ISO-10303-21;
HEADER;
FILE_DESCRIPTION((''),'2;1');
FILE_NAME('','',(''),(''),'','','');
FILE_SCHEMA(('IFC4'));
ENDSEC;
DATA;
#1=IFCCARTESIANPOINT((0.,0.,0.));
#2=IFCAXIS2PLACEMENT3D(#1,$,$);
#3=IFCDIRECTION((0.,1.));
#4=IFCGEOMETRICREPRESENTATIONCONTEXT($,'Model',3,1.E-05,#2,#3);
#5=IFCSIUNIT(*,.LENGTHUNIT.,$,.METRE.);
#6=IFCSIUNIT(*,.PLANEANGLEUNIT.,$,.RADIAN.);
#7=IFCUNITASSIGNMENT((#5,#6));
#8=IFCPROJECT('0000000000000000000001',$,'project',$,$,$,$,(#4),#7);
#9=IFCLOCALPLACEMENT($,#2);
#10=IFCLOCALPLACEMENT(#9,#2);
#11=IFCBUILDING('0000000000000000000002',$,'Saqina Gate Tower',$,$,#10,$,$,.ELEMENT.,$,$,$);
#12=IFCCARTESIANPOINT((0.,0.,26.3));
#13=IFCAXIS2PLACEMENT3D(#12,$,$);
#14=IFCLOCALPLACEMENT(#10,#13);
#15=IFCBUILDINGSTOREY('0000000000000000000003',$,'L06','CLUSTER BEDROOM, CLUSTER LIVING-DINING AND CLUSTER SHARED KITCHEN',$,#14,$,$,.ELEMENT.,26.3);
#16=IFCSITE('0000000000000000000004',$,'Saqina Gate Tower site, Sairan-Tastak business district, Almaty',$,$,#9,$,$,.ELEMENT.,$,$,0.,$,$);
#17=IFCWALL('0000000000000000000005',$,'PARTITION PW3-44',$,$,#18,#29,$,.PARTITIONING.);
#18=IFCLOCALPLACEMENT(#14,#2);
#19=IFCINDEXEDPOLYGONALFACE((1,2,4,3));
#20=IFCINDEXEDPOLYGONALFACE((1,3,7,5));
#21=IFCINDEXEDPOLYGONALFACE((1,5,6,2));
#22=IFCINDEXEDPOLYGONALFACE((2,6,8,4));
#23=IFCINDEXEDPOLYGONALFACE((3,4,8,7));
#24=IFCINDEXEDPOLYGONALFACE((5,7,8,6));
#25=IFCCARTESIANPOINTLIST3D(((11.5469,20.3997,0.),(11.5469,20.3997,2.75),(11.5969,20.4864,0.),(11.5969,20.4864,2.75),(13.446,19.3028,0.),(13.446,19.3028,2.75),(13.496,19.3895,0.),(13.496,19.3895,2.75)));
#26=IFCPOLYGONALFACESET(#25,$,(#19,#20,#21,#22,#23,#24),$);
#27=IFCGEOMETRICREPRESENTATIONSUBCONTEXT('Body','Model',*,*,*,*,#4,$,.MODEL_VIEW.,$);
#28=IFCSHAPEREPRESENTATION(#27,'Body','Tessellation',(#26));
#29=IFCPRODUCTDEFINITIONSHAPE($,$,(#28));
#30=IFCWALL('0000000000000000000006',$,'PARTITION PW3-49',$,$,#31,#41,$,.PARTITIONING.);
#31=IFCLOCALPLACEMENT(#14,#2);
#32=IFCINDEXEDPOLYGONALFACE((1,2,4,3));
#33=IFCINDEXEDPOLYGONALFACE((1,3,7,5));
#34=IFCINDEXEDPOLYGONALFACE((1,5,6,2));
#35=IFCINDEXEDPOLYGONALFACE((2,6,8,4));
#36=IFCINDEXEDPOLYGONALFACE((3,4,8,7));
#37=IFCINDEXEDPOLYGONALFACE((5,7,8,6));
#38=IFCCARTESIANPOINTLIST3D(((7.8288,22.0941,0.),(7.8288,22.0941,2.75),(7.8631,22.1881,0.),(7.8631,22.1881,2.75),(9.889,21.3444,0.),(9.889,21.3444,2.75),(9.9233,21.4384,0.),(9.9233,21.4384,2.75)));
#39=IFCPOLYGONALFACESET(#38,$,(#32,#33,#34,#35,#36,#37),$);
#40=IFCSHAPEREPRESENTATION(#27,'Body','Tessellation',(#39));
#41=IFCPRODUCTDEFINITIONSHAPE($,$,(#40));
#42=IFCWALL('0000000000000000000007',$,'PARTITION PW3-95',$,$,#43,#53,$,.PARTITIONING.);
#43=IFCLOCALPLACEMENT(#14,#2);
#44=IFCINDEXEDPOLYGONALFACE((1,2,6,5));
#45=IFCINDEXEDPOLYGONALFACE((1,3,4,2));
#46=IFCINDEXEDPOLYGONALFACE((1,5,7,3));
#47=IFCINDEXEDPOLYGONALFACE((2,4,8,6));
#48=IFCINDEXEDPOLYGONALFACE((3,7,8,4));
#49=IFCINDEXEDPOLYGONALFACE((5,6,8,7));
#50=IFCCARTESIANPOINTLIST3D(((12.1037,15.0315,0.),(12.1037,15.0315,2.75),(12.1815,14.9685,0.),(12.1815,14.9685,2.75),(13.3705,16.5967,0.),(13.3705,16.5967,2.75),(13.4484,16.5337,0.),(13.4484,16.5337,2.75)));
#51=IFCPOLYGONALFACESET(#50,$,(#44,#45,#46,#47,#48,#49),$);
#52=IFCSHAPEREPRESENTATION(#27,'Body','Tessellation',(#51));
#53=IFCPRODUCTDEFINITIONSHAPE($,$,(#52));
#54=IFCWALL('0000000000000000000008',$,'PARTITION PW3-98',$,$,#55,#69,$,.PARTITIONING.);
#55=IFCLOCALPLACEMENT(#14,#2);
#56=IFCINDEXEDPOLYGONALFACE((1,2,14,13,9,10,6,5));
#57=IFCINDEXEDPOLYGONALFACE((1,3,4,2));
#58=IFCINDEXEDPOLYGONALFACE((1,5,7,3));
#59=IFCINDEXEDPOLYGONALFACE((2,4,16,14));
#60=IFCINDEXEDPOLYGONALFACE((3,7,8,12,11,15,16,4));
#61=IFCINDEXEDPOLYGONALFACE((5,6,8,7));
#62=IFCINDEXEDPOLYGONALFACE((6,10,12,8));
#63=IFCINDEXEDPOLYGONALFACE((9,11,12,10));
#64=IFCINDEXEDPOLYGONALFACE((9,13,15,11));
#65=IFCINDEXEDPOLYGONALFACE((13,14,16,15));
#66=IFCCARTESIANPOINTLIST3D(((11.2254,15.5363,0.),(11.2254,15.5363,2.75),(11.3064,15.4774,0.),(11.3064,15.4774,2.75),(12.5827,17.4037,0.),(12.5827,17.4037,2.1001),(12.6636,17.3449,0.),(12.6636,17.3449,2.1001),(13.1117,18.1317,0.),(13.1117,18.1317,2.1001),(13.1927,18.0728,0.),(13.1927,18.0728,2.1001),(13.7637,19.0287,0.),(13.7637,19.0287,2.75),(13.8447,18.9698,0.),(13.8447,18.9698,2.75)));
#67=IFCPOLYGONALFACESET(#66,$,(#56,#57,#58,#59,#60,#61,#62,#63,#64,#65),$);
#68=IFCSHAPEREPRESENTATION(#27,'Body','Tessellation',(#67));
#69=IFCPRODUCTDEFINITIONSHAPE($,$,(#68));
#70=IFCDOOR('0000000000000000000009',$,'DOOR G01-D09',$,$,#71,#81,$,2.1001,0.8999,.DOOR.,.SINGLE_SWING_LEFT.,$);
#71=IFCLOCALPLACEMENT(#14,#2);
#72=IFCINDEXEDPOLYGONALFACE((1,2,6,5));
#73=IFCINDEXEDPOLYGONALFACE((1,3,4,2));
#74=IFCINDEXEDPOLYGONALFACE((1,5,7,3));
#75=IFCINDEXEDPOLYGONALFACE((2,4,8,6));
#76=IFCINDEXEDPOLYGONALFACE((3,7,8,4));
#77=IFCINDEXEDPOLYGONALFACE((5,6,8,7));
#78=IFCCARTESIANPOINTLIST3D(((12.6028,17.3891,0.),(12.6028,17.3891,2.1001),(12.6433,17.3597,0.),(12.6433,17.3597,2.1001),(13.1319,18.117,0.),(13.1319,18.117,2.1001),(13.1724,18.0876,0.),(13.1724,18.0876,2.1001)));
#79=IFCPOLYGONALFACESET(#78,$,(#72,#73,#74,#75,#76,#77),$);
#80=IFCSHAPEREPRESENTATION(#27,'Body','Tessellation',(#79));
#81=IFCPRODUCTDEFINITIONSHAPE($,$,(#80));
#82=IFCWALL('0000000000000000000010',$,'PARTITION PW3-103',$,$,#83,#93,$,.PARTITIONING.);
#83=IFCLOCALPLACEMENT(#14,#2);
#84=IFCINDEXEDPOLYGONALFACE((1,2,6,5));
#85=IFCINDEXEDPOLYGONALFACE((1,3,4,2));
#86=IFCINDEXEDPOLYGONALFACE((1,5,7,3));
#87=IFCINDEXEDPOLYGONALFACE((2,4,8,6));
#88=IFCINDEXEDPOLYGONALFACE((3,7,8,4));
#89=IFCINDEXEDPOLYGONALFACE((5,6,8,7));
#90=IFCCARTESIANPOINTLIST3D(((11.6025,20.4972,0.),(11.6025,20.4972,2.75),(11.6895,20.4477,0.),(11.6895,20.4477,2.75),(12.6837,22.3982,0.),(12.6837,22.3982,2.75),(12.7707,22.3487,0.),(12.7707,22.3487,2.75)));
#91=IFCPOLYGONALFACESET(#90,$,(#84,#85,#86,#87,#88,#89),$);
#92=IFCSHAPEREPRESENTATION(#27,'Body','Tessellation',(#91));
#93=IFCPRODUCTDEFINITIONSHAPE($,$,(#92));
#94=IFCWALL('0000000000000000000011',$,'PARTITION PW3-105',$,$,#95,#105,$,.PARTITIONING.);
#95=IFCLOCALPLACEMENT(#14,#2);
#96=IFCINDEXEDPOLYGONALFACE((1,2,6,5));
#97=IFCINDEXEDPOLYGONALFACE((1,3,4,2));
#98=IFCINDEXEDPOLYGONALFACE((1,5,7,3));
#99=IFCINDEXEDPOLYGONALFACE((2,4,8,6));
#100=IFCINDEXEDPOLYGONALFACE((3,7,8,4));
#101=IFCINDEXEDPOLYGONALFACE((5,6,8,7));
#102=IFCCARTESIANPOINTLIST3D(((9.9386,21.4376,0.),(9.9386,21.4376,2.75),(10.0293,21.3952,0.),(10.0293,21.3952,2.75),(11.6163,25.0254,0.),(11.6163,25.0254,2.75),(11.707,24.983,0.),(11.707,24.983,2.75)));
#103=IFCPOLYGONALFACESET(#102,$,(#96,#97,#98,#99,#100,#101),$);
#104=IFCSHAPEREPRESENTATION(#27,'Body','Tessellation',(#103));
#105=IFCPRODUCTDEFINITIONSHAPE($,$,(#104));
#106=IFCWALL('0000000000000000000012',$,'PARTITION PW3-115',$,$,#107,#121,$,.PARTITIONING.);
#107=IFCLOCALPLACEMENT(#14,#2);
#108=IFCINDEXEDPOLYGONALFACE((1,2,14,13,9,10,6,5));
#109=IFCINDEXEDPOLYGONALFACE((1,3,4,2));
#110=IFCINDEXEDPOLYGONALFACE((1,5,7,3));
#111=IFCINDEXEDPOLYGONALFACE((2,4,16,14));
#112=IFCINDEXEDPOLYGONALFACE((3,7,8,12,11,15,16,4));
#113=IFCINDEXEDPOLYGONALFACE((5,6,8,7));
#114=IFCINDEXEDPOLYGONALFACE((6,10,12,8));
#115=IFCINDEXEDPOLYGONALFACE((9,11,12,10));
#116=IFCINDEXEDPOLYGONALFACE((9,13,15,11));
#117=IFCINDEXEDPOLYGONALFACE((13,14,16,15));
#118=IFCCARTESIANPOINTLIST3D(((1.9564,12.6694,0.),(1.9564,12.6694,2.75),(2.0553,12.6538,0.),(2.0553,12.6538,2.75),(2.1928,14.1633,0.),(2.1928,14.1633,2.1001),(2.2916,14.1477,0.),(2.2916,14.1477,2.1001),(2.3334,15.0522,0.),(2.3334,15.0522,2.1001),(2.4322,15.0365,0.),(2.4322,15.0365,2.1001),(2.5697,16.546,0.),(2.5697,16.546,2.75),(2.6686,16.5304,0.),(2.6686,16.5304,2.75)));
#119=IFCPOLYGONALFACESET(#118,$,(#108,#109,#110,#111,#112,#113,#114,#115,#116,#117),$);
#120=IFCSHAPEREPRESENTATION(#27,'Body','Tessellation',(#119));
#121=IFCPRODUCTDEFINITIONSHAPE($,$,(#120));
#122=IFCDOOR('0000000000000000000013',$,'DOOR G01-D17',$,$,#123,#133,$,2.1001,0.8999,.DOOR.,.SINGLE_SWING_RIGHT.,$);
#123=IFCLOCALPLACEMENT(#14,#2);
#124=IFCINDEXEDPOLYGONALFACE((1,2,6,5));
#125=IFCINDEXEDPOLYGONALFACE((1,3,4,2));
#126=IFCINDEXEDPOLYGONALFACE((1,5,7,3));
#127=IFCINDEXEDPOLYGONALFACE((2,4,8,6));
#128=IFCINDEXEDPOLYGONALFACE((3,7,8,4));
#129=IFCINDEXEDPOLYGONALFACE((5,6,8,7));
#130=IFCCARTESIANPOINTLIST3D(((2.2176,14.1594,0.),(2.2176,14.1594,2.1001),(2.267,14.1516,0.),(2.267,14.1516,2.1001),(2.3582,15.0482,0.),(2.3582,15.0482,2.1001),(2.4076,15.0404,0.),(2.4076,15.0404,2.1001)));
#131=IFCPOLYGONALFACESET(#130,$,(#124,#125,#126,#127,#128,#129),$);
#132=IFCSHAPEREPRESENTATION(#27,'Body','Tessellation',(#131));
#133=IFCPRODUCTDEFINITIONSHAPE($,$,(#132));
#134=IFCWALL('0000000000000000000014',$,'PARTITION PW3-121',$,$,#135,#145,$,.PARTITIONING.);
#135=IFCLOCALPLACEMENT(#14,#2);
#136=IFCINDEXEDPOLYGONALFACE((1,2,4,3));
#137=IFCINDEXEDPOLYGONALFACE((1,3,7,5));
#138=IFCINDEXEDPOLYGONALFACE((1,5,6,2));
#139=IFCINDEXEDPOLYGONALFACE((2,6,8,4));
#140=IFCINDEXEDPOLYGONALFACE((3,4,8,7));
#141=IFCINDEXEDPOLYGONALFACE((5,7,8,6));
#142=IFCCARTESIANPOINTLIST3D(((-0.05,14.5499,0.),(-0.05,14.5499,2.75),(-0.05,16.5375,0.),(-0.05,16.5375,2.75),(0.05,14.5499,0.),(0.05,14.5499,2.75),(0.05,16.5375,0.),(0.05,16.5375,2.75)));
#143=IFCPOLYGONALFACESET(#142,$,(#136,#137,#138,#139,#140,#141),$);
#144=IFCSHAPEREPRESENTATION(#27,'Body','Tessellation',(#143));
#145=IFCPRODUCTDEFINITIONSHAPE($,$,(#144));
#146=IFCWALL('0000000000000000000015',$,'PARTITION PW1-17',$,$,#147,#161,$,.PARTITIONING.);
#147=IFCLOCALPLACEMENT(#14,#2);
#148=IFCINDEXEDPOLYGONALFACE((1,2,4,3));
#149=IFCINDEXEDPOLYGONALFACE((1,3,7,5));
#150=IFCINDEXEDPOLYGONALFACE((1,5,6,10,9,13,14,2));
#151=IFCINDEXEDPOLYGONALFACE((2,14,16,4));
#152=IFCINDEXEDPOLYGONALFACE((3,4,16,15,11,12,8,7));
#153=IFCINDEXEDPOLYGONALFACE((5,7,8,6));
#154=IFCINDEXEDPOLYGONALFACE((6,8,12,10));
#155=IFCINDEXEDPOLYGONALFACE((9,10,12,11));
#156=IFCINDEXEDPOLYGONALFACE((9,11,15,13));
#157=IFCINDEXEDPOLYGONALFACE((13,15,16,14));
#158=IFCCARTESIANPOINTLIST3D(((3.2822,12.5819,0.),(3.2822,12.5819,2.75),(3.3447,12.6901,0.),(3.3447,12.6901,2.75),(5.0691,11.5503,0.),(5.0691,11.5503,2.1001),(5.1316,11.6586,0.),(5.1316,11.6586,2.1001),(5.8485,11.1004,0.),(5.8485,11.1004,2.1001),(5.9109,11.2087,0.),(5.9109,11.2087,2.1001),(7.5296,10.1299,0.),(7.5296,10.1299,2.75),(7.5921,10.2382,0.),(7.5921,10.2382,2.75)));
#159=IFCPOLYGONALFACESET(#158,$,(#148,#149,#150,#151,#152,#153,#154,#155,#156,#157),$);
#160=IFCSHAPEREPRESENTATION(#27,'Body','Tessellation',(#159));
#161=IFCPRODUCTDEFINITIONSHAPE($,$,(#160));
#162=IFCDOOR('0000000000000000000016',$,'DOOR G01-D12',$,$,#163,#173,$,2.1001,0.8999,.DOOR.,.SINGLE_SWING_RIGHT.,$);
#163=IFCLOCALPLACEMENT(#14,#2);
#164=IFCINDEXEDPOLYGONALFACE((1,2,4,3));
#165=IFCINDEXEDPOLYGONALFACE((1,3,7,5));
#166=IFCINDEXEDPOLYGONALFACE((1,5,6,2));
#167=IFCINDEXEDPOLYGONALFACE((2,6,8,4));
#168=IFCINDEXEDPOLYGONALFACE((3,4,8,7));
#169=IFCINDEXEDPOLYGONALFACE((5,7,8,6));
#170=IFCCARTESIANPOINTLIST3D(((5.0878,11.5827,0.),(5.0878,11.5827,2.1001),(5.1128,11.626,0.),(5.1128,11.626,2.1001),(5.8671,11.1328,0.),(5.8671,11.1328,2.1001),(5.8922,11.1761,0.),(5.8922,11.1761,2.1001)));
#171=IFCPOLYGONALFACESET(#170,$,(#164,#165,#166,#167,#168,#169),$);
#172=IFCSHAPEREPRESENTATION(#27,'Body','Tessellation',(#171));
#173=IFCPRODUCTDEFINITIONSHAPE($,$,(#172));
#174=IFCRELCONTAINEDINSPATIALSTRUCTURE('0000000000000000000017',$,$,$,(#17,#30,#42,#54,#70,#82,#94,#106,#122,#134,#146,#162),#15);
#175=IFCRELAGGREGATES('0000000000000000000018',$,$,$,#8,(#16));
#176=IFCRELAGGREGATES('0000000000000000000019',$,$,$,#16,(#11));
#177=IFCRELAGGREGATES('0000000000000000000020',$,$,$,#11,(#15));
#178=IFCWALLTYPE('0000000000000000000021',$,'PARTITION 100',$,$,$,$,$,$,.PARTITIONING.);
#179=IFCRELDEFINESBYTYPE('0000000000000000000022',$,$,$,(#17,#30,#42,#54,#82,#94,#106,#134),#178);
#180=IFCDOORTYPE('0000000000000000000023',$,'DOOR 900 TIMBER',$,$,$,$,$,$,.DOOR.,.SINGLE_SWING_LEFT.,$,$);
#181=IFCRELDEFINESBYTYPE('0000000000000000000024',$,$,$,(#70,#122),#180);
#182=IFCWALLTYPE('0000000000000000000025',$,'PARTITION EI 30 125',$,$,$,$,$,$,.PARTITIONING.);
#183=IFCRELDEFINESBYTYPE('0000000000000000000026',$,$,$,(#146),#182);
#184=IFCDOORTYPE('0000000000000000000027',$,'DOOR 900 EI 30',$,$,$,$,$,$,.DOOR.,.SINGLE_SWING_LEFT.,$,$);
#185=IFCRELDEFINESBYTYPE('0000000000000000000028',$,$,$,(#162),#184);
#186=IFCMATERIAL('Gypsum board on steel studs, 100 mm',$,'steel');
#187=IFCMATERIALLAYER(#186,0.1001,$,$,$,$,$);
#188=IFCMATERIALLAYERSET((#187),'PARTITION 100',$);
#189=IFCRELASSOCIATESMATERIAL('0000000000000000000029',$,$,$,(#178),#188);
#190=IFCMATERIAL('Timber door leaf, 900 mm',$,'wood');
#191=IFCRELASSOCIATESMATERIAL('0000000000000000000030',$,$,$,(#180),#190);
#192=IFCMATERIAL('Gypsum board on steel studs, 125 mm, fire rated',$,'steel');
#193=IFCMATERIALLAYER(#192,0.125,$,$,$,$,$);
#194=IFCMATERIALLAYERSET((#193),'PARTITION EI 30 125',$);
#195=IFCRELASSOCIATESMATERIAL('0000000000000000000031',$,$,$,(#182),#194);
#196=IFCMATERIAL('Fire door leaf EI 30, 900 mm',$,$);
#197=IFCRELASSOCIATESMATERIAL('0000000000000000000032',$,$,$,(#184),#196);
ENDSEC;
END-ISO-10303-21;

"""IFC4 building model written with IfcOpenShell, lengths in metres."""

from ifc_helpers import new_model, si_unit, direction, frame, frame_2d, origin, place, context, subcontext, project, spatial, rectangle, extrude, material, layer, layer_set, type_object, element, fill, save


model = new_model("IFC4")

# Units and contexts
model_context = context("Model", 3, precision=1e-05, world=origin(), true_north=direction((0.0, 1.0)))
body_context = subcontext(model_context, "Body", "Model", "MODEL_VIEW")
ifc_project = project(units=[si_unit("LENGTHUNIT", "METRE"), si_unit("PLANEANGLEUNIT", "RADIAN")], contexts=[model_context])

# Site, building, storey
site_placement = place(None, origin())
site = spatial("IfcSite", under=ifc_project, at=site_placement, Name="Saqina Gate Tower site, Sairan-Tastak business district, Almaty", CompositionType="ELEMENT", RefElevation=0.0)
building_placement = place(site_placement, origin())
building = spatial("IfcBuilding", under=site, at=building_placement, Name="Saqina Gate Tower", CompositionType="ELEMENT")
storey_placement = place(building_placement, frame((0.0, 0.0, 26.3)))
storey = spatial("IfcBuildingStorey", under=building, at=storey_placement, Name="L06", Description="CLUSTER BEDROOM, CLUSTER LIVING-DINING AND CLUSTER SHARED KITCHEN", CompositionType="ELEMENT", Elevation=26.3)

# Walls
ifc_material_1 = material(Name="Gypsum board on steel studs, 100 mm", Category="steel")
ifc_layer_1 = layer(ifc_material_1, 0.1001)
ifc_layer_set_1 = layer_set([ifc_layer_1], Name="PARTITION 100")
wall_type_1 = type_object("IfcWallType", Name="PARTITION 100", PredefinedType="PARTITIONING", material=ifc_layer_set_1)
wall_1_placement = place(storey_placement, frame((11.5718, 20.4431, 0.0), z_axis=(0.0, 0.0, 1.0), x_axis=(0.865939, -0.50015, 0.0)))
element("IfcWall", 1, at=wall_1_placement, inside=storey, type_object=wall_type_1, Name="PARTITION PW3-44", PredefinedType="PARTITIONING", context=body_context, shape_type="SweptSolid", body=[
    extrude(rectangle(XDim=2.1931, YDim=0.1001, at=frame_2d((1.0967, 0.0))), origin(), (0.0, 0.0, 1.0), 2.75),
])
wall_2_placement = place(storey_placement, frame((7.8459, 22.1411, 0.0), z_axis=(0.0, 0.0, 1.0), x_axis=(0.939712, -0.341967, 0.0)))
element("IfcWall", 2, at=wall_2_placement, inside=storey, type_object=wall_type_1, Name="PARTITION PW3-49", PredefinedType="PARTITIONING", context=body_context, shape_type="SweptSolid", body=[
    extrude(rectangle(XDim=2.1924, YDim=0.1001, at=frame_2d((1.0962, 0.0))), origin(), (0.0, 0.0, 1.0), 2.75),
])
wall_3_placement = place(storey_placement, frame((12.1426, 15.0, 0.0), z_axis=(0.0, 0.0, 1.0), x_axis=(0.629135, 0.777296, 0.0)))
element("IfcWall", 3, at=wall_3_placement, inside=storey, type_object=wall_type_1, Name="PARTITION PW3-95", PredefinedType="PARTITIONING", context=body_context, shape_type="SweptSolid", body=[
    extrude(rectangle(XDim=2.0137, YDim=0.1001, at=frame_2d((1.0068, 0.0))), origin(), (0.0, 0.0, 1.0), 2.75),
])

# Wall, opening, door
wall_4_placement = place(storey_placement, frame((11.2659, 15.5068, 0.0), z_axis=(0.0, 0.0, 1.0), x_axis=(0.587926, 0.808915, 0.0)))
wall_4 = element("IfcWall", 4, at=wall_4_placement, inside=storey, type_object=wall_type_1, Name="PARTITION PW3-98", PredefinedType="PARTITIONING", context=body_context, shape_type="SweptSolid", body=[
    extrude(rectangle(XDim=4.3174, YDim=0.1001, at=frame_2d((2.1587, 0.0))), origin(), (0.0, 0.0, 1.0), 2.75),
])
opening_1_placement = place(wall_4_placement, frame((2.3086, 0.0, 0.0)))
opening_1 = element("IfcOpeningElement", 5, at=opening_1_placement, cuts=wall_4, PredefinedType="OPENING", context=body_context, shape_type="SweptSolid", body=[
    extrude(rectangle(XDim=0.8999, YDim=2.1001, at=frame_2d((0.45, 1.05))), frame((0.0, 0.062, 0.0), z_axis=(0.0, -1.0, 0.0), x_axis=(1.0, 0.0, 0.0)), (0.0, 0.0, 1.0), 0.124),
])
ifc_material_2 = material(Name="Timber door leaf, 900 mm", Category="wood")
door_type_1 = type_object("IfcDoorType", Name="DOOR 900 TIMBER", OperationType="SINGLE_SWING_LEFT", PredefinedType="DOOR", material=ifc_material_2)
door_1_placement = place(opening_1_placement, frame((0.8999, 0.0, 0.0), z_axis=(0.0, 0.0, 1.0), x_axis=(-1.0, 0.0, 0.0)))
door_1 = element("IfcDoor", 6, at=door_1_placement, inside=storey, type_object=door_type_1, Name="DOOR G01-D09", OperationType="SINGLE_SWING_LEFT", OverallHeight=2.1001, OverallWidth=0.8999, PredefinedType="DOOR", context=body_context, shape_type="SweptSolid", body=[
    extrude(rectangle(XDim=0.8999, YDim=2.1001, at=frame_2d((0.45, 1.05))), frame((0.0, 0.0249, 0.0), z_axis=(0.0, -1.0, 0.0), x_axis=(1.0, 0.0, 0.0)), (0.0, 0.0, 1.0), 0.05),
])
fill(opening_1, door_1)

# Walls
wall_5_placement = place(storey_placement, frame((11.646, 20.4724, 0.0), z_axis=(0.0, 0.0, 1.0), x_axis=(0.494395, 0.869237, 0.0)))
element("IfcWall", 7, at=wall_5_placement, inside=storey, type_object=wall_type_1, Name="PARTITION PW3-103", PredefinedType="PARTITIONING", context=body_context, shape_type="SweptSolid", body=[
    extrude(rectangle(XDim=2.187, YDim=0.1001, at=frame_2d((1.0935, 0.0))), origin(), (0.0, 0.0, 1.0), 2.75),
])
wall_6_placement = place(storey_placement, frame((9.9839, 21.4163, 0.0), z_axis=(0.0, 0.0, 1.0), x_axis=(0.423587, 0.905855, 0.0)))
element("IfcWall", 8, at=wall_6_placement, inside=storey, type_object=wall_type_1, Name="PARTITION PW3-105", PredefinedType="PARTITIONING", context=body_context, shape_type="SweptSolid", body=[
    extrude(rectangle(XDim=3.9607, YDim=0.1001, at=frame_2d((1.9805, 0.0))), origin(), (0.0, 0.0, 1.0), 2.75),
])

# Wall, opening, door
wall_7_placement = place(storey_placement, frame((2.0059, 12.6616, 0.0), z_axis=(0.0, 0.0, 1.0), x_axis=(0.156253, 0.987717, 0.0)))
wall_7 = element("IfcWall", 9, at=wall_7_placement, inside=storey, type_object=wall_type_1, Name="PARTITION PW3-115", PredefinedType="PARTITIONING", context=body_context, shape_type="SweptSolid", body=[
    extrude(rectangle(XDim=3.9248, YDim=0.1001, at=frame_2d((1.9624, 0.0))), origin(), (0.0, 0.0, 1.0), 2.75),
])
opening_2_placement = place(wall_7_placement, frame((1.5125, 0.0, 0.0)))
opening_2 = element("IfcOpeningElement", 10, at=opening_2_placement, cuts=wall_7, PredefinedType="OPENING", context=body_context, shape_type="SweptSolid", body=[
    extrude(rectangle(XDim=0.8999, YDim=2.1001, at=frame_2d((0.45, 1.05))), frame((0.0, 0.062, 0.0), z_axis=(0.0, -1.0, 0.0), x_axis=(1.0, 0.0, 0.0)), (0.0, 0.0, 1.0), 0.124),
])
door_2_placement = place(opening_2_placement, origin())
door_2 = element("IfcDoor", 11, at=door_2_placement, inside=storey, type_object=door_type_1, Name="DOOR G01-D17", OperationType="SINGLE_SWING_RIGHT", OverallHeight=2.1001, OverallWidth=0.8999, PredefinedType="DOOR", context=body_context, shape_type="SweptSolid", body=[
    extrude(rectangle(XDim=0.8999, YDim=2.1001, at=frame_2d((0.45, 1.05))), frame((0.0, 0.0249, 0.0), z_axis=(0.0, -1.0, 0.0), x_axis=(1.0, 0.0, 0.0)), (0.0, 0.0, 1.0), 0.05),
])
fill(opening_2, door_2)

# Wall
wall_8_placement = place(storey_placement, frame((0.0, 14.55, 0.0), z_axis=(0.0, 0.0, 1.0), x_axis=(0.0, 1.0, 0.0)))
element("IfcWall", 12, at=wall_8_placement, inside=storey, type_object=wall_type_1, Name="PARTITION PW3-121", PredefinedType="PARTITIONING", context=body_context, shape_type="SweptSolid", body=[
    extrude(rectangle(XDim=1.9875, YDim=0.1001, at=frame_2d((0.9937, 0.0))), origin(), (0.0, 0.0, 1.0), 2.75),
])

# Wall, opening, door
ifc_material_3 = material(Name="Gypsum board on steel studs, 125 mm, fire rated", Category="steel")
ifc_layer_2 = layer(ifc_material_3, 0.125)
ifc_layer_set_2 = layer_set([ifc_layer_2], Name="PARTITION EI 30 125")
wall_type_2 = type_object("IfcWallType", Name="PARTITION EI 30 125", PredefinedType="PARTITIONING", material=ifc_layer_set_2)
wall_9_placement = place(storey_placement, frame((3.3135, 12.636, 0.0), z_axis=(0.0, 0.0, 1.0), x_axis=(0.86605, -0.499957, 0.0)))
wall_9 = element("IfcWall", 13, at=wall_9_placement, inside=storey, type_object=wall_type_2, Name="PARTITION PW1-17", PredefinedType="PARTITIONING", context=body_context, shape_type="SweptSolid", body=[
    extrude(rectangle(XDim=4.9043, YDim=0.125, at=frame_2d((2.4521, 0.0))), origin(), (0.0, 0.0, 1.0), 2.75),
])
opening_3_placement = place(wall_9_placement, frame((2.0632, 0.0, 0.0)))
opening_3 = element("IfcOpeningElement", 14, at=opening_3_placement, cuts=wall_9, PredefinedType="OPENING", context=body_context, shape_type="SweptSolid", body=[
    extrude(rectangle(XDim=0.8999, YDim=2.1001, at=frame_2d((0.45, 1.05))), frame((0.0, 0.0745, 0.0), z_axis=(0.0, -1.0, 0.0), x_axis=(1.0, 0.0, 0.0)), (0.0, 0.0, 1.0), 0.1489),
])
ifc_material_4 = material(Name="Fire door leaf EI 30, 900 mm")
door_type_2 = type_object("IfcDoorType", Name="DOOR 900 EI 30", OperationType="SINGLE_SWING_LEFT", PredefinedType="DOOR", material=ifc_material_4)
door_3_placement = place(opening_3_placement, origin())
door_3 = element("IfcDoor", 15, at=door_3_placement, inside=storey, type_object=door_type_2, Name="DOOR G01-D12", OperationType="SINGLE_SWING_RIGHT", OverallHeight=2.1001, OverallWidth=0.8999, PredefinedType="DOOR", context=body_context, shape_type="SweptSolid", body=[
    extrude(rectangle(XDim=0.8999, YDim=2.1001, at=frame_2d((0.45, 1.05))), frame((0.0, 0.0249, 0.0), z_axis=(0.0, -1.0, 0.0), x_axis=(1.0, 0.0, 0.0)), (0.0, 0.0, 1.0), 0.05),
])
fill(opening_3, door_3)

save(model, "model.ifc")
